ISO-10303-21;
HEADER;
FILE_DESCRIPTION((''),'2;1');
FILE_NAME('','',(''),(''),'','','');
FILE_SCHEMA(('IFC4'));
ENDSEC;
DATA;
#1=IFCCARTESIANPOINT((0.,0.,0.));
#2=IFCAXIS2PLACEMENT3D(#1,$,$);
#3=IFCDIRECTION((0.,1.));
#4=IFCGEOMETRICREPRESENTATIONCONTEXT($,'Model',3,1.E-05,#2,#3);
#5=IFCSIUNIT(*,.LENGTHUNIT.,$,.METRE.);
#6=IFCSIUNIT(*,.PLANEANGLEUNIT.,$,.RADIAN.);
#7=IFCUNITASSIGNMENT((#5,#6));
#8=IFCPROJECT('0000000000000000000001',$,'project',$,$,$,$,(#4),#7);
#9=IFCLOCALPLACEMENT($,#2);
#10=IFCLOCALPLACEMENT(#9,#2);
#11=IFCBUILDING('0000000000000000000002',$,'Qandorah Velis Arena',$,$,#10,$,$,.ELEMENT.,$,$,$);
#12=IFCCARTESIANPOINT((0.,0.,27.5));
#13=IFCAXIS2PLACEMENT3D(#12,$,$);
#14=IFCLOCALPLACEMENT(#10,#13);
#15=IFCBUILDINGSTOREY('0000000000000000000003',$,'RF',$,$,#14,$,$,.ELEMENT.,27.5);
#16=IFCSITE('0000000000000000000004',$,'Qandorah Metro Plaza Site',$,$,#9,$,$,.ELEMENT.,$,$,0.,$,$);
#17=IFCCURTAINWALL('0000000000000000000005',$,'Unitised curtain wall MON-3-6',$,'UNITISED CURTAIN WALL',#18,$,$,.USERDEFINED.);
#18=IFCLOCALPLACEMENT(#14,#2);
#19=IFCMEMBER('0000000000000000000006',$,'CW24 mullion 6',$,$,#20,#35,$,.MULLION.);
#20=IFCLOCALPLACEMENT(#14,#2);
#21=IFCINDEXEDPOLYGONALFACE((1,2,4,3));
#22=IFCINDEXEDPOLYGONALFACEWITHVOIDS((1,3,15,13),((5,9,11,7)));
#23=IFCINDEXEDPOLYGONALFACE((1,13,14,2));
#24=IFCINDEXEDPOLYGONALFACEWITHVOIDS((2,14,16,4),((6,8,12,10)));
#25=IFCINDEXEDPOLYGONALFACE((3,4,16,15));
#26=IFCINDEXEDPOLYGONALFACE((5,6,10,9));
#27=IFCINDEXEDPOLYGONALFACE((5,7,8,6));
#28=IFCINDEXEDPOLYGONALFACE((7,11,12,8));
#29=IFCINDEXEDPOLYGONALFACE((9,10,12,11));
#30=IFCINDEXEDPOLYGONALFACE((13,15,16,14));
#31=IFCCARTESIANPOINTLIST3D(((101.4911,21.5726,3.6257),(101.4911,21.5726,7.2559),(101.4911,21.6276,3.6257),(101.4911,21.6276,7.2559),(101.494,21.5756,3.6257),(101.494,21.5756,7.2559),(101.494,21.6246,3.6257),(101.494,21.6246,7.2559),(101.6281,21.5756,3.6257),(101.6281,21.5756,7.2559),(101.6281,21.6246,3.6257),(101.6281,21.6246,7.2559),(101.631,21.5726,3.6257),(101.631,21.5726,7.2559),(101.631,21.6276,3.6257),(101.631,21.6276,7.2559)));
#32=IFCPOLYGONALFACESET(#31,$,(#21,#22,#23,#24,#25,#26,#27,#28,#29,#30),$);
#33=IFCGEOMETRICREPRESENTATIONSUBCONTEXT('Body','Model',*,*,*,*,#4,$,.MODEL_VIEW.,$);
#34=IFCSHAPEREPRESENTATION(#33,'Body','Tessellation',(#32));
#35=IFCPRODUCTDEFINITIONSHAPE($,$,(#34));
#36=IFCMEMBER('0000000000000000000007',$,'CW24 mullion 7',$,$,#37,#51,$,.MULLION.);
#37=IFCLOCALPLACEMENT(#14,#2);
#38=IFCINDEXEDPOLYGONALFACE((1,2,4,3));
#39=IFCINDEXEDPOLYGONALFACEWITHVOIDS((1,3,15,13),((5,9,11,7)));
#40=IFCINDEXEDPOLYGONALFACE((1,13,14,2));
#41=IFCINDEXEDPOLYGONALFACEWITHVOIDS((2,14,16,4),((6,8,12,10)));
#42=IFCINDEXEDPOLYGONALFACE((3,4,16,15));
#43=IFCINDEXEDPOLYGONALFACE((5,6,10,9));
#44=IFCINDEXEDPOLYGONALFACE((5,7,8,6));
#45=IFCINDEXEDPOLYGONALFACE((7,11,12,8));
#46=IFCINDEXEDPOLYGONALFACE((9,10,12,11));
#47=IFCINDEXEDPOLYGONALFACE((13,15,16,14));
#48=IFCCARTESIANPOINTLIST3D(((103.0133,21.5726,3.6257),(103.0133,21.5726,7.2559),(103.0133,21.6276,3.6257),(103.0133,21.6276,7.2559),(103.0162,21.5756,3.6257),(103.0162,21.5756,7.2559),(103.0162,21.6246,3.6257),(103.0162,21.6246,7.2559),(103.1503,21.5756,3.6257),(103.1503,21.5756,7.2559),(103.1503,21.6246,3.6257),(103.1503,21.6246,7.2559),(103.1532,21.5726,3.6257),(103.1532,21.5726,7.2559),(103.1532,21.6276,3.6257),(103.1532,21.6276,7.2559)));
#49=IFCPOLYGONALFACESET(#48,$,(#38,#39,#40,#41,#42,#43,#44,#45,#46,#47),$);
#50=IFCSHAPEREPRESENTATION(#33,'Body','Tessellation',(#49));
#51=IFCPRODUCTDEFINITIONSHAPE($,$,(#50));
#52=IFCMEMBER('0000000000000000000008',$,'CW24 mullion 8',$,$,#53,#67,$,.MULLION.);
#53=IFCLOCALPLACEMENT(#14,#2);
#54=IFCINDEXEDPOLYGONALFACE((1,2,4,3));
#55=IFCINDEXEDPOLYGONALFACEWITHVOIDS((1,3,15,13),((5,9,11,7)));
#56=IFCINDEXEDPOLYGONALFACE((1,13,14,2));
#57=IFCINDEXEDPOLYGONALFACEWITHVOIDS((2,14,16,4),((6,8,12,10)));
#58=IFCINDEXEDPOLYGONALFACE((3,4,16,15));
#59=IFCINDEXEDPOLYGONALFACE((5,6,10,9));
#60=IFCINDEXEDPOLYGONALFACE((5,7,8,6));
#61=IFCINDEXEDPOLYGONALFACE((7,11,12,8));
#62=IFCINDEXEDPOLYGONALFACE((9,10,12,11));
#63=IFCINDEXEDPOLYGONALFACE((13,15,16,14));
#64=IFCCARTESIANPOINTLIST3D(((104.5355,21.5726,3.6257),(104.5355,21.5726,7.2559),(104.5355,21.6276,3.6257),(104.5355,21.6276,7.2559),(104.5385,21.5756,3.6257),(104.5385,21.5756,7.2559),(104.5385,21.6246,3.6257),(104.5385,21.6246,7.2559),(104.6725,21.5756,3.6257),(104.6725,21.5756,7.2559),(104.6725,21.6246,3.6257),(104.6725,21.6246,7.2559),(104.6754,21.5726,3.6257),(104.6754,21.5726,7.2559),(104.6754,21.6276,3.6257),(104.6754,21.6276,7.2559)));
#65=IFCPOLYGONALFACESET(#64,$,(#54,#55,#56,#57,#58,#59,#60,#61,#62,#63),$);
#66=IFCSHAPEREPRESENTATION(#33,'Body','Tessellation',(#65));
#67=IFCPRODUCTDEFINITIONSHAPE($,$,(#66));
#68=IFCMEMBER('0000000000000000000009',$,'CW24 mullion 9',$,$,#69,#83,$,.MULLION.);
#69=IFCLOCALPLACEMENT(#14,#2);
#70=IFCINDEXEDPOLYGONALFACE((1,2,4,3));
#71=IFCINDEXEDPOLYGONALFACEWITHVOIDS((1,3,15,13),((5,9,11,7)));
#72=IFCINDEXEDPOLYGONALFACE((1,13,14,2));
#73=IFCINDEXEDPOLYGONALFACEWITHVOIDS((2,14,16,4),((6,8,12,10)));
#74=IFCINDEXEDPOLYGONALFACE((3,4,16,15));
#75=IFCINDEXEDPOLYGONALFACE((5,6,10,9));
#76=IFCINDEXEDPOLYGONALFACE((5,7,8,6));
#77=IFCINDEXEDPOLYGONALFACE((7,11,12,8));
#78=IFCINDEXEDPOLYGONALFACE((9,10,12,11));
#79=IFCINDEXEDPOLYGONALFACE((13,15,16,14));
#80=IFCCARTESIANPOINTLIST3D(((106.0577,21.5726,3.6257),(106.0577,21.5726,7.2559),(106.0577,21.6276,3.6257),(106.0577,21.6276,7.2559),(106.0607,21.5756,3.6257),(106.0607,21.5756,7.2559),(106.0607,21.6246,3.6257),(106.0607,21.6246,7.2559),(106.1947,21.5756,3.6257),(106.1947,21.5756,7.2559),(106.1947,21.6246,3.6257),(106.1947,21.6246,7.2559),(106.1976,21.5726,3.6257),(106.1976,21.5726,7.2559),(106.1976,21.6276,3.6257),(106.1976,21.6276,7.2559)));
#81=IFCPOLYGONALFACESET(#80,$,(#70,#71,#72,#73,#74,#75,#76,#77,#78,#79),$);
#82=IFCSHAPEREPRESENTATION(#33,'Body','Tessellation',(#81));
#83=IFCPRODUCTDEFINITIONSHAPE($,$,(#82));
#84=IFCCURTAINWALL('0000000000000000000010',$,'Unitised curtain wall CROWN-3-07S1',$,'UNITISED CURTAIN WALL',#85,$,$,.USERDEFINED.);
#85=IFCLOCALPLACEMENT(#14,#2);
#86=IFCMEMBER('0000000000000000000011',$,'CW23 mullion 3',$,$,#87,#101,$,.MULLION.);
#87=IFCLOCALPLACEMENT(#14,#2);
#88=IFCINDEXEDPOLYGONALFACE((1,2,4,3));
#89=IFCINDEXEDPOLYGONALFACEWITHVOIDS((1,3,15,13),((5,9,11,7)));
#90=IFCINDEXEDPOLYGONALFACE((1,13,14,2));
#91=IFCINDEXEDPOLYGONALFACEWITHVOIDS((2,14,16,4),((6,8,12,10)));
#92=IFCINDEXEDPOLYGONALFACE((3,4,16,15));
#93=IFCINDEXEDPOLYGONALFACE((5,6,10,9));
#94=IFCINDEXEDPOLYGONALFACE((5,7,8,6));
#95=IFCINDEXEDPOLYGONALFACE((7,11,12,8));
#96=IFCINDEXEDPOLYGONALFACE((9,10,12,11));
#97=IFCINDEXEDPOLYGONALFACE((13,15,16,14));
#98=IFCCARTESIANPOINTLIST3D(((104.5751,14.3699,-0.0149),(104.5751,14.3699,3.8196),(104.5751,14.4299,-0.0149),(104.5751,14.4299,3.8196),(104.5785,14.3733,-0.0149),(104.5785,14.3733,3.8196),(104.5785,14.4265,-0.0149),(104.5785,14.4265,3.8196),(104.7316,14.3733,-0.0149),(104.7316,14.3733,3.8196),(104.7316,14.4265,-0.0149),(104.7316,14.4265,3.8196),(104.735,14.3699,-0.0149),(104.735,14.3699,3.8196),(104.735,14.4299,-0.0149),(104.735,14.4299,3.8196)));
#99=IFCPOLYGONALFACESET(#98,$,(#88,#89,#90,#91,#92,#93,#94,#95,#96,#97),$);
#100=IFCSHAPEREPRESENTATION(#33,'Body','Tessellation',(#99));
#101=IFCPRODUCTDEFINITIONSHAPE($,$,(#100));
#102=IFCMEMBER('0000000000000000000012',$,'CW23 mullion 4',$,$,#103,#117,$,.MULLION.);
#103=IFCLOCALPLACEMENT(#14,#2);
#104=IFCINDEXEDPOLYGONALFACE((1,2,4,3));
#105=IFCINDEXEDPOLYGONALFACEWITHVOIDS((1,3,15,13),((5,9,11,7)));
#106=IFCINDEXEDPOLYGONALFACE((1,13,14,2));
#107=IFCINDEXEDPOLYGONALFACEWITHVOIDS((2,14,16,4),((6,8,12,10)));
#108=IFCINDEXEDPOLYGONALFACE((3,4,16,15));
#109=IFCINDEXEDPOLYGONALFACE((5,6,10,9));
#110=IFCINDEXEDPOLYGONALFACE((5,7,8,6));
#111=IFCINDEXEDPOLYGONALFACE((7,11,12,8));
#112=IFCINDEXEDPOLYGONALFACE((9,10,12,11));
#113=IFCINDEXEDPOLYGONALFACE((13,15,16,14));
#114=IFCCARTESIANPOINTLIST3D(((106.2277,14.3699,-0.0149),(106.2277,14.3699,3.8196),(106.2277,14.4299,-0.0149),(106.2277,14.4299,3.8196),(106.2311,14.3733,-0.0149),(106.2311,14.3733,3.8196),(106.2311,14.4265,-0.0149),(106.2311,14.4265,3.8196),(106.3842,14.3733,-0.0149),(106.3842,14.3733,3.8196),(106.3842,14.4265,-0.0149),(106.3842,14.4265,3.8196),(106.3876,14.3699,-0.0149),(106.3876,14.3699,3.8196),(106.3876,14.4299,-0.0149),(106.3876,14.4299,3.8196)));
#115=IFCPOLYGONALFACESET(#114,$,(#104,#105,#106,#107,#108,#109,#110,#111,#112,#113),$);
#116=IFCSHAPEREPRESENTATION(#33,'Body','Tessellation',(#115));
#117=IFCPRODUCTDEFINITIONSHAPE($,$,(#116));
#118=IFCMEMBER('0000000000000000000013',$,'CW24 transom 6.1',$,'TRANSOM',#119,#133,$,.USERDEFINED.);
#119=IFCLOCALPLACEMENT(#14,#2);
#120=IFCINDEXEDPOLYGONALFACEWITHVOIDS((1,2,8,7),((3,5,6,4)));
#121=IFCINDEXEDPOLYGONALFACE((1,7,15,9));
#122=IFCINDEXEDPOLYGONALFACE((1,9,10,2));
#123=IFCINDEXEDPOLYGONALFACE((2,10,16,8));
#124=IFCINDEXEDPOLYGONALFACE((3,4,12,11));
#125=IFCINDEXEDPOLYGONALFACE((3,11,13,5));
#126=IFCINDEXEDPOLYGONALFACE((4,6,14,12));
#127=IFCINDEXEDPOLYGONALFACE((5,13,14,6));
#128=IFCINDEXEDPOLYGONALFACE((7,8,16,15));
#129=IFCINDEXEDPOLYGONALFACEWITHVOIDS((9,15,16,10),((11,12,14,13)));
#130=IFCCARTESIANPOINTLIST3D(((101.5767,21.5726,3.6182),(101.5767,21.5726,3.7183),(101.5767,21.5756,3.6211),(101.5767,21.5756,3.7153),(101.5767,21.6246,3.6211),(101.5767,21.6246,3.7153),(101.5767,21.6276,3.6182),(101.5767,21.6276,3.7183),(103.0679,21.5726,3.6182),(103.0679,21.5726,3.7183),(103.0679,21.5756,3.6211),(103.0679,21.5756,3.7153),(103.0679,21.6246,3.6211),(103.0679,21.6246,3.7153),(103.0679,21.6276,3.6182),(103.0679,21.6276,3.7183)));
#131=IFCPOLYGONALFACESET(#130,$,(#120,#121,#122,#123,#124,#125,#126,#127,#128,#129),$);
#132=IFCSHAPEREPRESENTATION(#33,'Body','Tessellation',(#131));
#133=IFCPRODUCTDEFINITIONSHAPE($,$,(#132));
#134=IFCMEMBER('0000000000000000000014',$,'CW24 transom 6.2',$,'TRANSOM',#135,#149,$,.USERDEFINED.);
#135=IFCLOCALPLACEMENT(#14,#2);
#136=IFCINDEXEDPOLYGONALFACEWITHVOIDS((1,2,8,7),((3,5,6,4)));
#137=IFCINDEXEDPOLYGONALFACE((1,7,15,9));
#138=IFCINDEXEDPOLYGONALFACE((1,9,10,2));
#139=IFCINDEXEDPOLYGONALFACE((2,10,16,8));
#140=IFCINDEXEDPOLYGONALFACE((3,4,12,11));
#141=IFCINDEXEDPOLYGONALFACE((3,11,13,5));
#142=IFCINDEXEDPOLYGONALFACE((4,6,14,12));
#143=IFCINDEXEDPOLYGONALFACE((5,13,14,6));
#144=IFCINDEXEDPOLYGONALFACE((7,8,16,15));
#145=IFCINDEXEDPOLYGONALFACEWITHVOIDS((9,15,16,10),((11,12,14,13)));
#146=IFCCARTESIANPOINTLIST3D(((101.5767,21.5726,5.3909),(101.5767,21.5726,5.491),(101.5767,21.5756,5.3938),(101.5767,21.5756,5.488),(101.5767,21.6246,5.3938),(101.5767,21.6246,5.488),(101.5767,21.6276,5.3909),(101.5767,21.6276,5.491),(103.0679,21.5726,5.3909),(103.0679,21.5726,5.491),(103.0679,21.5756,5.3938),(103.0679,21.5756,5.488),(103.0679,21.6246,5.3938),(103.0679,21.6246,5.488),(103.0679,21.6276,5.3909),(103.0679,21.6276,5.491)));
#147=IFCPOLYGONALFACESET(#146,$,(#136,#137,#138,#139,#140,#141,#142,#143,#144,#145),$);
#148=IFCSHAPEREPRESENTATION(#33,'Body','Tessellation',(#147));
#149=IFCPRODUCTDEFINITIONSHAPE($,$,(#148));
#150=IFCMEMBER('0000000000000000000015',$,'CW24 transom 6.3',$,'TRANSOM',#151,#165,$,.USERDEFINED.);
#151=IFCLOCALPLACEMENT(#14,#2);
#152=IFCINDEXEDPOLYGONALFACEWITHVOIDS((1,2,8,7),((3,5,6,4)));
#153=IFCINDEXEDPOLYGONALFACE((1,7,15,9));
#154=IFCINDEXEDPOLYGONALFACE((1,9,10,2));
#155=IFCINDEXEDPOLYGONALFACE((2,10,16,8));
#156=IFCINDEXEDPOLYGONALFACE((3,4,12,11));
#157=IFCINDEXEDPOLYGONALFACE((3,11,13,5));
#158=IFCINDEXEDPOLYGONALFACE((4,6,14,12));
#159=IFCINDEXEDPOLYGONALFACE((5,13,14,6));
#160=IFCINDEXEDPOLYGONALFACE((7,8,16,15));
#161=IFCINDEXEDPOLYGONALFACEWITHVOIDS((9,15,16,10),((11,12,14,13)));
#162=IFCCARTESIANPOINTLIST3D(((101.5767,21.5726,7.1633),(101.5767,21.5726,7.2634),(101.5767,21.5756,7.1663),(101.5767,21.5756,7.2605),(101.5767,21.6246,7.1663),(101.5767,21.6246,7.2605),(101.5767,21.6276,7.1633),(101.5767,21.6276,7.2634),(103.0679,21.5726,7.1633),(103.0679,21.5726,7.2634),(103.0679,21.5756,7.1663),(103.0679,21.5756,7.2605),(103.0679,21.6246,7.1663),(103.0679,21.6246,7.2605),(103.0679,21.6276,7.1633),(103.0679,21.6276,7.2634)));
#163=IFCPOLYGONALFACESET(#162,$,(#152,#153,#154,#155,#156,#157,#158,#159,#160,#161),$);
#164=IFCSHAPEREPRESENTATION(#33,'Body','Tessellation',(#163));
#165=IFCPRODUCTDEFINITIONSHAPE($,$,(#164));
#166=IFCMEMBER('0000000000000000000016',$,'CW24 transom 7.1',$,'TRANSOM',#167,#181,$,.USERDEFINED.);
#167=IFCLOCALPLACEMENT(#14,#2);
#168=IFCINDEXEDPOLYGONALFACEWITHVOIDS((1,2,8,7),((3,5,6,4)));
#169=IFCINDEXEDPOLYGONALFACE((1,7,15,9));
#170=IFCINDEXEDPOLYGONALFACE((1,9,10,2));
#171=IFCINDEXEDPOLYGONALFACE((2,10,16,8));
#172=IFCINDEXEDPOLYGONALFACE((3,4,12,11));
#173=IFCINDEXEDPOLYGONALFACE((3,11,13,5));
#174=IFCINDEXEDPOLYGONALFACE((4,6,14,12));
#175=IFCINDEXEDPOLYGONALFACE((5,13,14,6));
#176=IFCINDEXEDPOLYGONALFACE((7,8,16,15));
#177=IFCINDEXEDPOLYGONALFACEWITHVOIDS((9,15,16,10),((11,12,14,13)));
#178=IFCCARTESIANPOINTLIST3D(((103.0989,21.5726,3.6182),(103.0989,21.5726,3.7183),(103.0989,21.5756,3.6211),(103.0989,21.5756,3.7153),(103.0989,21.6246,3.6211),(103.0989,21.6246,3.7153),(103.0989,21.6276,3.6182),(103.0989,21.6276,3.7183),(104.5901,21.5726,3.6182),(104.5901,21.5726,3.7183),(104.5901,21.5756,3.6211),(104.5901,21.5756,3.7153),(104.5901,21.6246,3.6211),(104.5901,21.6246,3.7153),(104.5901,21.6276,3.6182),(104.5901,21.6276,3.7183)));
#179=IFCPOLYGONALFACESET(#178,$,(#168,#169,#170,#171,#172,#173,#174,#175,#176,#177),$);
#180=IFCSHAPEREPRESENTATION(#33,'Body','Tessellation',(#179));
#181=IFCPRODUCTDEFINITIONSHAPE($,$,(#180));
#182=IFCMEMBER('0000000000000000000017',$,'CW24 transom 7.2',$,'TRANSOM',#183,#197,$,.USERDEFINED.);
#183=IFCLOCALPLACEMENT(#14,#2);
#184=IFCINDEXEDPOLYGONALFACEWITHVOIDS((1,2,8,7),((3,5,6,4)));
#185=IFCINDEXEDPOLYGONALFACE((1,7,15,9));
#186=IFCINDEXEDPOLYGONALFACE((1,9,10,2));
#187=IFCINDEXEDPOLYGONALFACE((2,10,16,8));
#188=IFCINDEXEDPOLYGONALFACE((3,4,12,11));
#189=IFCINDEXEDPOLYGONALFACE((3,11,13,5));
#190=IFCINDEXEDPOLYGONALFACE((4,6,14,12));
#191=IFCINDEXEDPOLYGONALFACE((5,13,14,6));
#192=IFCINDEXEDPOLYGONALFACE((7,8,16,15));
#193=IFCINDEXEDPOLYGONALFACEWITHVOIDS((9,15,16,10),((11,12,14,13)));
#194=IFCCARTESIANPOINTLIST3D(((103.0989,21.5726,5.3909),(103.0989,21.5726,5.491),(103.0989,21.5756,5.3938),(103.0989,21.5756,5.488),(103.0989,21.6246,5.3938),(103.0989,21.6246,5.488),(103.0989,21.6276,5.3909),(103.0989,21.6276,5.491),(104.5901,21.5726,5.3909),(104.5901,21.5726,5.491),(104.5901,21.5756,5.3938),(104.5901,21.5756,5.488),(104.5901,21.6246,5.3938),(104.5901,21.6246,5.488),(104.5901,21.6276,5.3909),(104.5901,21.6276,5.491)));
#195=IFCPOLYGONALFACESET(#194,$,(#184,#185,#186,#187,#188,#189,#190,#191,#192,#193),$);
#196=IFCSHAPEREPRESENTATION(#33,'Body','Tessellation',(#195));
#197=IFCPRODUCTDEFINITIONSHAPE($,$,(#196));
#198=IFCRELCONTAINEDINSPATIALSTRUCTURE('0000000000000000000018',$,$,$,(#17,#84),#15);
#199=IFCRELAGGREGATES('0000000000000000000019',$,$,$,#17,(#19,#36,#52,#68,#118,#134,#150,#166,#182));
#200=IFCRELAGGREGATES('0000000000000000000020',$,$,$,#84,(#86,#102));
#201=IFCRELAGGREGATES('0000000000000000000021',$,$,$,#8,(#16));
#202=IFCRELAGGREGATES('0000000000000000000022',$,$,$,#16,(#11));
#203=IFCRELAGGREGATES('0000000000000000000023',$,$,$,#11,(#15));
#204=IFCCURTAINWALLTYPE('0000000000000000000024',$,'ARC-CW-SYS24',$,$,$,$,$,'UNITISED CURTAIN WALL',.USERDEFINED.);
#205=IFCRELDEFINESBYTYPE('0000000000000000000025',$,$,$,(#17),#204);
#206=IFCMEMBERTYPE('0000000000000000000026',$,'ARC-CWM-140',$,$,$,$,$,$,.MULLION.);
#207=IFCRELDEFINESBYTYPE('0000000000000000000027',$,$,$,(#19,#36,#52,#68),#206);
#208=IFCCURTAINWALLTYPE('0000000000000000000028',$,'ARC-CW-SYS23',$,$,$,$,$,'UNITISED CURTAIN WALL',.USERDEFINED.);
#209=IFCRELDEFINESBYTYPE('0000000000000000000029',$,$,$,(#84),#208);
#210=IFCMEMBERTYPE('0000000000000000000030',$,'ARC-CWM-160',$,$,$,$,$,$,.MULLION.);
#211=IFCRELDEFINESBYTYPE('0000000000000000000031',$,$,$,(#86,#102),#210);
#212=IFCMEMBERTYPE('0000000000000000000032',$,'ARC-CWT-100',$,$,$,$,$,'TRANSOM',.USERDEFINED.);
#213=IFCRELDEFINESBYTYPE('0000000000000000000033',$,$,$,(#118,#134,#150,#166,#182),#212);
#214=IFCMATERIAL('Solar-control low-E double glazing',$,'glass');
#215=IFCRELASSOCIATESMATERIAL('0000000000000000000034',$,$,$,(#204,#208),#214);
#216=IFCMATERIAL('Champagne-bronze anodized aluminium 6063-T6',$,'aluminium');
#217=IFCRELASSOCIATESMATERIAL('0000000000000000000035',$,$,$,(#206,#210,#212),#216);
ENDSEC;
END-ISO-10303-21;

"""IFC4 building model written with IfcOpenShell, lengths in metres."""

from ifc_helpers import new_model, si_unit, direction, frame, origin, origin_2d, place, context, subcontext, project, spatial, hollow_rectangle, extrude, material, material_profile, profile_set, type_object, element, aggregate, save


model = new_model("IFC4")

# Units and contexts
model_context = context("Model", 3, precision=1e-05, world=origin(), true_north=direction((0.0, 1.0)))
body_context = subcontext(model_context, "Body", "Model", "MODEL_VIEW")
ifc_project = project(units=[si_unit("LENGTHUNIT", "METRE"), si_unit("PLANEANGLEUNIT", "RADIAN")], contexts=[model_context])

# Site, building, storey
site_placement = place(None, origin())
site = spatial("IfcSite", under=ifc_project, at=site_placement, Name="Qandorah Metro Plaza Site", CompositionType="ELEMENT", RefElevation=0.0)
building_placement = place(site_placement, origin())
building = spatial("IfcBuilding", under=site, at=building_placement, Name="Qandorah Velis Arena", CompositionType="ELEMENT")
storey_placement = place(building_placement, frame((0.0, 0.0, 27.5)))
storey = spatial("IfcBuildingStorey", under=building, at=storey_placement, Name="RF", CompositionType="ELEMENT", Elevation=27.5)

# Curtain walls, members
ifc_material_1 = material(Name="Solar-control low-E double glazing", Category="glass")
curtain_wall_type_1 = type_object("IfcCurtainWallType", Name="ARC-CW-SYS24", ElementType="UNITISED CURTAIN WALL", PredefinedType="USERDEFINED", material=ifc_material_1)
curtain_wall_1_placement = place(storey_placement, origin())
curtain_wall_1 = element("IfcCurtainWall", 1, at=curtain_wall_1_placement, inside=storey, type_object=curtain_wall_type_1, Name="Unitised curtain wall MON-3-6", ObjectType="UNITISED CURTAIN WALL", PredefinedType="USERDEFINED")
ifc_material_2 = material(Name="Champagne-bronze anodized aluminium 6063-T6", Category="aluminium")
ifc_material_profile_1 = material_profile(ifc_material_2, hollow_rectangle(XDim=0.0549, YDim=0.1399, WallThickness=0.0029, at=origin_2d()), Name="ALU MULLION 55x140")
ifc_profile_set_1 = profile_set([ifc_material_profile_1], Name="Champagne-bronze anodized aluminium 6063-T6")
member_type_1 = type_object("IfcMemberType", Name="ARC-CWM-140", PredefinedType="MULLION", material=ifc_profile_set_1)
member_1_placement = place(storey_placement, frame((101.561, 21.6001, 3.6257), z_axis=(0.0, 0.0, 1.0), x_axis=(0.0, 1.0, 0.0)))
member_1 = element("IfcMember", 2, at=member_1_placement, type_object=member_type_1, Name="CW24 mullion 6", PredefinedType="MULLION", context=body_context, shape_type="SweptSolid", body=[
    extrude(hollow_rectangle(XDim=0.0549, YDim=0.1399, WallThickness=0.0029, at=origin_2d()), origin(), (0.0, 0.0, 1.0), 3.6301),
])
member_2_placement = place(storey_placement, frame((103.0833, 21.6001, 3.6257), z_axis=(0.0, 0.0, 1.0), x_axis=(0.0, 1.0, 0.0)))
member_2 = element("IfcMember", 3, at=member_2_placement, type_object=member_type_1, Name="CW24 mullion 7", PredefinedType="MULLION", context=body_context, shape_type="SweptSolid", body=[
    extrude(hollow_rectangle(XDim=0.0549, YDim=0.1399, WallThickness=0.0029, at=origin_2d()), origin(), (0.0, 0.0, 1.0), 3.6301),
])
member_3_placement = place(storey_placement, frame((104.6055, 21.6001, 3.6257), z_axis=(0.0, 0.0, 1.0), x_axis=(0.0, 1.0, 0.0)))
member_3 = element("IfcMember", 4, at=member_3_placement, type_object=member_type_1, Name="CW24 mullion 8", PredefinedType="MULLION", context=body_context, shape_type="SweptSolid", body=[
    extrude(hollow_rectangle(XDim=0.0549, YDim=0.1399, WallThickness=0.0029, at=origin_2d()), origin(), (0.0, 0.0, 1.0), 3.6301),
])
member_4_placement = place(storey_placement, frame((106.1277, 21.6001, 3.6257), z_axis=(0.0, 0.0, 1.0), x_axis=(0.0, 1.0, 0.0)))
member_4 = element("IfcMember", 5, at=member_4_placement, type_object=member_type_1, Name="CW24 mullion 9", PredefinedType="MULLION", context=body_context, shape_type="SweptSolid", body=[
    extrude(hollow_rectangle(XDim=0.0549, YDim=0.1399, WallThickness=0.0029, at=origin_2d()), origin(), (0.0, 0.0, 1.0), 3.6301),
])
curtain_wall_type_2 = type_object("IfcCurtainWallType", Name="ARC-CW-SYS23", ElementType="UNITISED CURTAIN WALL", PredefinedType="USERDEFINED", material=ifc_material_1)
curtain_wall_2_placement = place(storey_placement, origin())
curtain_wall_2 = element("IfcCurtainWall", 6, at=curtain_wall_2_placement, inside=storey, type_object=curtain_wall_type_2, Name="Unitised curtain wall CROWN-3-07S1", ObjectType="UNITISED CURTAIN WALL", PredefinedType="USERDEFINED")
ifc_material_profile_2 = material_profile(ifc_material_2, hollow_rectangle(XDim=0.0601, YDim=0.1599, WallThickness=0.0034, at=origin_2d()), Name="ALU MULLION 60x160")
ifc_profile_set_2 = profile_set([ifc_material_profile_2], Name="Champagne-bronze anodized aluminium 6063-T6")
member_type_2 = type_object("IfcMemberType", Name="ARC-CWM-160", PredefinedType="MULLION", material=ifc_profile_set_2)
member_5_placement = place(storey_placement, frame((104.655, 14.3999, -0.0149), z_axis=(0.0, 0.0, 1.0), x_axis=(0.0, 1.0, 0.0)))
member_5 = element("IfcMember", 7, at=member_5_placement, type_object=member_type_2, Name="CW23 mullion 3", PredefinedType="MULLION", context=body_context, shape_type="SweptSolid", body=[
    extrude(hollow_rectangle(XDim=0.0601, YDim=0.1599, WallThickness=0.0034, at=origin_2d()), origin(), (0.0, 0.0, 1.0), 3.8345),
])
member_6_placement = place(storey_placement, frame((106.3076, 14.3999, -0.0149), z_axis=(0.0, 0.0, 1.0), x_axis=(0.0, 1.0, 0.0)))
member_6 = element("IfcMember", 8, at=member_6_placement, type_object=member_type_2, Name="CW23 mullion 4", PredefinedType="MULLION", context=body_context, shape_type="SweptSolid", body=[
    extrude(hollow_rectangle(XDim=0.0601, YDim=0.1599, WallThickness=0.0034, at=origin_2d()), origin(), (0.0, 0.0, 1.0), 3.8345),
])

# Members
ifc_material_profile_3 = material_profile(ifc_material_2, hollow_rectangle(XDim=0.0549, YDim=0.1001, WallThickness=0.0029, at=origin_2d()), Name="ALU TRANSOM 55x100")
ifc_profile_set_3 = profile_set([ifc_material_profile_3], Name="Champagne-bronze anodized aluminium 6063-T6")
member_type_3 = type_object("IfcMemberType", Name="ARC-CWT-100", ElementType="TRANSOM", PredefinedType="USERDEFINED", material=ifc_profile_set_3)
member_7_placement = place(storey_placement, frame((101.5767, 21.6001, 3.6682), z_axis=(1.0, 0.0, 0.0), x_axis=(0.0, 1.0, 0.0)))
member_7 = element("IfcMember", 9, at=member_7_placement, type_object=member_type_3, Name="CW24 transom 6.1", ObjectType="TRANSOM", PredefinedType="USERDEFINED", context=body_context, shape_type="SweptSolid", body=[
    extrude(hollow_rectangle(XDim=0.0549, YDim=0.1001, WallThickness=0.0029, at=origin_2d()), origin(), (0.0, 0.0, 1.0), 1.4912),
])
member_8_placement = place(storey_placement, frame((101.5767, 21.6001, 5.4409), z_axis=(1.0, 0.0, 0.0), x_axis=(0.0, 1.0, 0.0)))
member_8 = element("IfcMember", 10, at=member_8_placement, type_object=member_type_3, Name="CW24 transom 6.2", ObjectType="TRANSOM", PredefinedType="USERDEFINED", context=body_context, shape_type="SweptSolid", body=[
    extrude(hollow_rectangle(XDim=0.0549, YDim=0.1001, WallThickness=0.0029, at=origin_2d()), origin(), (0.0, 0.0, 1.0), 1.4912),
])
member_9_placement = place(storey_placement, frame((101.5767, 21.6001, 7.2134), z_axis=(1.0, 0.0, 0.0), x_axis=(0.0, 1.0, 0.0)))
member_9 = element("IfcMember", 11, at=member_9_placement, type_object=member_type_3, Name="CW24 transom 6.3", ObjectType="TRANSOM", PredefinedType="USERDEFINED", context=body_context, shape_type="SweptSolid", body=[
    extrude(hollow_rectangle(XDim=0.0549, YDim=0.1001, WallThickness=0.0029, at=origin_2d()), origin(), (0.0, 0.0, 1.0), 1.4912),
])
member_10_placement = place(storey_placement, frame((103.0989, 21.6001, 3.6682), z_axis=(1.0, 0.0, 0.0), x_axis=(0.0, 1.0, 0.0)))
member_10 = element("IfcMember", 12, at=member_10_placement, type_object=member_type_3, Name="CW24 transom 7.1", ObjectType="TRANSOM", PredefinedType="USERDEFINED", context=body_context, shape_type="SweptSolid", body=[
    extrude(hollow_rectangle(XDim=0.0549, YDim=0.1001, WallThickness=0.0029, at=origin_2d()), origin(), (0.0, 0.0, 1.0), 1.4912),
])
member_11_placement = place(storey_placement, frame((103.0989, 21.6001, 5.4409), z_axis=(1.0, 0.0, 0.0), x_axis=(0.0, 1.0, 0.0)))
member_11 = element("IfcMember", 13, at=member_11_placement, type_object=member_type_3, Name="CW24 transom 7.2", ObjectType="TRANSOM", PredefinedType="USERDEFINED", context=body_context, shape_type="SweptSolid", body=[
    extrude(hollow_rectangle(XDim=0.0549, YDim=0.1001, WallThickness=0.0029, at=origin_2d()), origin(), (0.0, 0.0, 1.0), 1.4912),
])

aggregate(curtain_wall_1, [member_1, member_2, member_3, member_4, member_7, member_8, member_9, member_10, member_11])
aggregate(curtain_wall_2, [member_5, member_6])

save(model, "model.ifc")
